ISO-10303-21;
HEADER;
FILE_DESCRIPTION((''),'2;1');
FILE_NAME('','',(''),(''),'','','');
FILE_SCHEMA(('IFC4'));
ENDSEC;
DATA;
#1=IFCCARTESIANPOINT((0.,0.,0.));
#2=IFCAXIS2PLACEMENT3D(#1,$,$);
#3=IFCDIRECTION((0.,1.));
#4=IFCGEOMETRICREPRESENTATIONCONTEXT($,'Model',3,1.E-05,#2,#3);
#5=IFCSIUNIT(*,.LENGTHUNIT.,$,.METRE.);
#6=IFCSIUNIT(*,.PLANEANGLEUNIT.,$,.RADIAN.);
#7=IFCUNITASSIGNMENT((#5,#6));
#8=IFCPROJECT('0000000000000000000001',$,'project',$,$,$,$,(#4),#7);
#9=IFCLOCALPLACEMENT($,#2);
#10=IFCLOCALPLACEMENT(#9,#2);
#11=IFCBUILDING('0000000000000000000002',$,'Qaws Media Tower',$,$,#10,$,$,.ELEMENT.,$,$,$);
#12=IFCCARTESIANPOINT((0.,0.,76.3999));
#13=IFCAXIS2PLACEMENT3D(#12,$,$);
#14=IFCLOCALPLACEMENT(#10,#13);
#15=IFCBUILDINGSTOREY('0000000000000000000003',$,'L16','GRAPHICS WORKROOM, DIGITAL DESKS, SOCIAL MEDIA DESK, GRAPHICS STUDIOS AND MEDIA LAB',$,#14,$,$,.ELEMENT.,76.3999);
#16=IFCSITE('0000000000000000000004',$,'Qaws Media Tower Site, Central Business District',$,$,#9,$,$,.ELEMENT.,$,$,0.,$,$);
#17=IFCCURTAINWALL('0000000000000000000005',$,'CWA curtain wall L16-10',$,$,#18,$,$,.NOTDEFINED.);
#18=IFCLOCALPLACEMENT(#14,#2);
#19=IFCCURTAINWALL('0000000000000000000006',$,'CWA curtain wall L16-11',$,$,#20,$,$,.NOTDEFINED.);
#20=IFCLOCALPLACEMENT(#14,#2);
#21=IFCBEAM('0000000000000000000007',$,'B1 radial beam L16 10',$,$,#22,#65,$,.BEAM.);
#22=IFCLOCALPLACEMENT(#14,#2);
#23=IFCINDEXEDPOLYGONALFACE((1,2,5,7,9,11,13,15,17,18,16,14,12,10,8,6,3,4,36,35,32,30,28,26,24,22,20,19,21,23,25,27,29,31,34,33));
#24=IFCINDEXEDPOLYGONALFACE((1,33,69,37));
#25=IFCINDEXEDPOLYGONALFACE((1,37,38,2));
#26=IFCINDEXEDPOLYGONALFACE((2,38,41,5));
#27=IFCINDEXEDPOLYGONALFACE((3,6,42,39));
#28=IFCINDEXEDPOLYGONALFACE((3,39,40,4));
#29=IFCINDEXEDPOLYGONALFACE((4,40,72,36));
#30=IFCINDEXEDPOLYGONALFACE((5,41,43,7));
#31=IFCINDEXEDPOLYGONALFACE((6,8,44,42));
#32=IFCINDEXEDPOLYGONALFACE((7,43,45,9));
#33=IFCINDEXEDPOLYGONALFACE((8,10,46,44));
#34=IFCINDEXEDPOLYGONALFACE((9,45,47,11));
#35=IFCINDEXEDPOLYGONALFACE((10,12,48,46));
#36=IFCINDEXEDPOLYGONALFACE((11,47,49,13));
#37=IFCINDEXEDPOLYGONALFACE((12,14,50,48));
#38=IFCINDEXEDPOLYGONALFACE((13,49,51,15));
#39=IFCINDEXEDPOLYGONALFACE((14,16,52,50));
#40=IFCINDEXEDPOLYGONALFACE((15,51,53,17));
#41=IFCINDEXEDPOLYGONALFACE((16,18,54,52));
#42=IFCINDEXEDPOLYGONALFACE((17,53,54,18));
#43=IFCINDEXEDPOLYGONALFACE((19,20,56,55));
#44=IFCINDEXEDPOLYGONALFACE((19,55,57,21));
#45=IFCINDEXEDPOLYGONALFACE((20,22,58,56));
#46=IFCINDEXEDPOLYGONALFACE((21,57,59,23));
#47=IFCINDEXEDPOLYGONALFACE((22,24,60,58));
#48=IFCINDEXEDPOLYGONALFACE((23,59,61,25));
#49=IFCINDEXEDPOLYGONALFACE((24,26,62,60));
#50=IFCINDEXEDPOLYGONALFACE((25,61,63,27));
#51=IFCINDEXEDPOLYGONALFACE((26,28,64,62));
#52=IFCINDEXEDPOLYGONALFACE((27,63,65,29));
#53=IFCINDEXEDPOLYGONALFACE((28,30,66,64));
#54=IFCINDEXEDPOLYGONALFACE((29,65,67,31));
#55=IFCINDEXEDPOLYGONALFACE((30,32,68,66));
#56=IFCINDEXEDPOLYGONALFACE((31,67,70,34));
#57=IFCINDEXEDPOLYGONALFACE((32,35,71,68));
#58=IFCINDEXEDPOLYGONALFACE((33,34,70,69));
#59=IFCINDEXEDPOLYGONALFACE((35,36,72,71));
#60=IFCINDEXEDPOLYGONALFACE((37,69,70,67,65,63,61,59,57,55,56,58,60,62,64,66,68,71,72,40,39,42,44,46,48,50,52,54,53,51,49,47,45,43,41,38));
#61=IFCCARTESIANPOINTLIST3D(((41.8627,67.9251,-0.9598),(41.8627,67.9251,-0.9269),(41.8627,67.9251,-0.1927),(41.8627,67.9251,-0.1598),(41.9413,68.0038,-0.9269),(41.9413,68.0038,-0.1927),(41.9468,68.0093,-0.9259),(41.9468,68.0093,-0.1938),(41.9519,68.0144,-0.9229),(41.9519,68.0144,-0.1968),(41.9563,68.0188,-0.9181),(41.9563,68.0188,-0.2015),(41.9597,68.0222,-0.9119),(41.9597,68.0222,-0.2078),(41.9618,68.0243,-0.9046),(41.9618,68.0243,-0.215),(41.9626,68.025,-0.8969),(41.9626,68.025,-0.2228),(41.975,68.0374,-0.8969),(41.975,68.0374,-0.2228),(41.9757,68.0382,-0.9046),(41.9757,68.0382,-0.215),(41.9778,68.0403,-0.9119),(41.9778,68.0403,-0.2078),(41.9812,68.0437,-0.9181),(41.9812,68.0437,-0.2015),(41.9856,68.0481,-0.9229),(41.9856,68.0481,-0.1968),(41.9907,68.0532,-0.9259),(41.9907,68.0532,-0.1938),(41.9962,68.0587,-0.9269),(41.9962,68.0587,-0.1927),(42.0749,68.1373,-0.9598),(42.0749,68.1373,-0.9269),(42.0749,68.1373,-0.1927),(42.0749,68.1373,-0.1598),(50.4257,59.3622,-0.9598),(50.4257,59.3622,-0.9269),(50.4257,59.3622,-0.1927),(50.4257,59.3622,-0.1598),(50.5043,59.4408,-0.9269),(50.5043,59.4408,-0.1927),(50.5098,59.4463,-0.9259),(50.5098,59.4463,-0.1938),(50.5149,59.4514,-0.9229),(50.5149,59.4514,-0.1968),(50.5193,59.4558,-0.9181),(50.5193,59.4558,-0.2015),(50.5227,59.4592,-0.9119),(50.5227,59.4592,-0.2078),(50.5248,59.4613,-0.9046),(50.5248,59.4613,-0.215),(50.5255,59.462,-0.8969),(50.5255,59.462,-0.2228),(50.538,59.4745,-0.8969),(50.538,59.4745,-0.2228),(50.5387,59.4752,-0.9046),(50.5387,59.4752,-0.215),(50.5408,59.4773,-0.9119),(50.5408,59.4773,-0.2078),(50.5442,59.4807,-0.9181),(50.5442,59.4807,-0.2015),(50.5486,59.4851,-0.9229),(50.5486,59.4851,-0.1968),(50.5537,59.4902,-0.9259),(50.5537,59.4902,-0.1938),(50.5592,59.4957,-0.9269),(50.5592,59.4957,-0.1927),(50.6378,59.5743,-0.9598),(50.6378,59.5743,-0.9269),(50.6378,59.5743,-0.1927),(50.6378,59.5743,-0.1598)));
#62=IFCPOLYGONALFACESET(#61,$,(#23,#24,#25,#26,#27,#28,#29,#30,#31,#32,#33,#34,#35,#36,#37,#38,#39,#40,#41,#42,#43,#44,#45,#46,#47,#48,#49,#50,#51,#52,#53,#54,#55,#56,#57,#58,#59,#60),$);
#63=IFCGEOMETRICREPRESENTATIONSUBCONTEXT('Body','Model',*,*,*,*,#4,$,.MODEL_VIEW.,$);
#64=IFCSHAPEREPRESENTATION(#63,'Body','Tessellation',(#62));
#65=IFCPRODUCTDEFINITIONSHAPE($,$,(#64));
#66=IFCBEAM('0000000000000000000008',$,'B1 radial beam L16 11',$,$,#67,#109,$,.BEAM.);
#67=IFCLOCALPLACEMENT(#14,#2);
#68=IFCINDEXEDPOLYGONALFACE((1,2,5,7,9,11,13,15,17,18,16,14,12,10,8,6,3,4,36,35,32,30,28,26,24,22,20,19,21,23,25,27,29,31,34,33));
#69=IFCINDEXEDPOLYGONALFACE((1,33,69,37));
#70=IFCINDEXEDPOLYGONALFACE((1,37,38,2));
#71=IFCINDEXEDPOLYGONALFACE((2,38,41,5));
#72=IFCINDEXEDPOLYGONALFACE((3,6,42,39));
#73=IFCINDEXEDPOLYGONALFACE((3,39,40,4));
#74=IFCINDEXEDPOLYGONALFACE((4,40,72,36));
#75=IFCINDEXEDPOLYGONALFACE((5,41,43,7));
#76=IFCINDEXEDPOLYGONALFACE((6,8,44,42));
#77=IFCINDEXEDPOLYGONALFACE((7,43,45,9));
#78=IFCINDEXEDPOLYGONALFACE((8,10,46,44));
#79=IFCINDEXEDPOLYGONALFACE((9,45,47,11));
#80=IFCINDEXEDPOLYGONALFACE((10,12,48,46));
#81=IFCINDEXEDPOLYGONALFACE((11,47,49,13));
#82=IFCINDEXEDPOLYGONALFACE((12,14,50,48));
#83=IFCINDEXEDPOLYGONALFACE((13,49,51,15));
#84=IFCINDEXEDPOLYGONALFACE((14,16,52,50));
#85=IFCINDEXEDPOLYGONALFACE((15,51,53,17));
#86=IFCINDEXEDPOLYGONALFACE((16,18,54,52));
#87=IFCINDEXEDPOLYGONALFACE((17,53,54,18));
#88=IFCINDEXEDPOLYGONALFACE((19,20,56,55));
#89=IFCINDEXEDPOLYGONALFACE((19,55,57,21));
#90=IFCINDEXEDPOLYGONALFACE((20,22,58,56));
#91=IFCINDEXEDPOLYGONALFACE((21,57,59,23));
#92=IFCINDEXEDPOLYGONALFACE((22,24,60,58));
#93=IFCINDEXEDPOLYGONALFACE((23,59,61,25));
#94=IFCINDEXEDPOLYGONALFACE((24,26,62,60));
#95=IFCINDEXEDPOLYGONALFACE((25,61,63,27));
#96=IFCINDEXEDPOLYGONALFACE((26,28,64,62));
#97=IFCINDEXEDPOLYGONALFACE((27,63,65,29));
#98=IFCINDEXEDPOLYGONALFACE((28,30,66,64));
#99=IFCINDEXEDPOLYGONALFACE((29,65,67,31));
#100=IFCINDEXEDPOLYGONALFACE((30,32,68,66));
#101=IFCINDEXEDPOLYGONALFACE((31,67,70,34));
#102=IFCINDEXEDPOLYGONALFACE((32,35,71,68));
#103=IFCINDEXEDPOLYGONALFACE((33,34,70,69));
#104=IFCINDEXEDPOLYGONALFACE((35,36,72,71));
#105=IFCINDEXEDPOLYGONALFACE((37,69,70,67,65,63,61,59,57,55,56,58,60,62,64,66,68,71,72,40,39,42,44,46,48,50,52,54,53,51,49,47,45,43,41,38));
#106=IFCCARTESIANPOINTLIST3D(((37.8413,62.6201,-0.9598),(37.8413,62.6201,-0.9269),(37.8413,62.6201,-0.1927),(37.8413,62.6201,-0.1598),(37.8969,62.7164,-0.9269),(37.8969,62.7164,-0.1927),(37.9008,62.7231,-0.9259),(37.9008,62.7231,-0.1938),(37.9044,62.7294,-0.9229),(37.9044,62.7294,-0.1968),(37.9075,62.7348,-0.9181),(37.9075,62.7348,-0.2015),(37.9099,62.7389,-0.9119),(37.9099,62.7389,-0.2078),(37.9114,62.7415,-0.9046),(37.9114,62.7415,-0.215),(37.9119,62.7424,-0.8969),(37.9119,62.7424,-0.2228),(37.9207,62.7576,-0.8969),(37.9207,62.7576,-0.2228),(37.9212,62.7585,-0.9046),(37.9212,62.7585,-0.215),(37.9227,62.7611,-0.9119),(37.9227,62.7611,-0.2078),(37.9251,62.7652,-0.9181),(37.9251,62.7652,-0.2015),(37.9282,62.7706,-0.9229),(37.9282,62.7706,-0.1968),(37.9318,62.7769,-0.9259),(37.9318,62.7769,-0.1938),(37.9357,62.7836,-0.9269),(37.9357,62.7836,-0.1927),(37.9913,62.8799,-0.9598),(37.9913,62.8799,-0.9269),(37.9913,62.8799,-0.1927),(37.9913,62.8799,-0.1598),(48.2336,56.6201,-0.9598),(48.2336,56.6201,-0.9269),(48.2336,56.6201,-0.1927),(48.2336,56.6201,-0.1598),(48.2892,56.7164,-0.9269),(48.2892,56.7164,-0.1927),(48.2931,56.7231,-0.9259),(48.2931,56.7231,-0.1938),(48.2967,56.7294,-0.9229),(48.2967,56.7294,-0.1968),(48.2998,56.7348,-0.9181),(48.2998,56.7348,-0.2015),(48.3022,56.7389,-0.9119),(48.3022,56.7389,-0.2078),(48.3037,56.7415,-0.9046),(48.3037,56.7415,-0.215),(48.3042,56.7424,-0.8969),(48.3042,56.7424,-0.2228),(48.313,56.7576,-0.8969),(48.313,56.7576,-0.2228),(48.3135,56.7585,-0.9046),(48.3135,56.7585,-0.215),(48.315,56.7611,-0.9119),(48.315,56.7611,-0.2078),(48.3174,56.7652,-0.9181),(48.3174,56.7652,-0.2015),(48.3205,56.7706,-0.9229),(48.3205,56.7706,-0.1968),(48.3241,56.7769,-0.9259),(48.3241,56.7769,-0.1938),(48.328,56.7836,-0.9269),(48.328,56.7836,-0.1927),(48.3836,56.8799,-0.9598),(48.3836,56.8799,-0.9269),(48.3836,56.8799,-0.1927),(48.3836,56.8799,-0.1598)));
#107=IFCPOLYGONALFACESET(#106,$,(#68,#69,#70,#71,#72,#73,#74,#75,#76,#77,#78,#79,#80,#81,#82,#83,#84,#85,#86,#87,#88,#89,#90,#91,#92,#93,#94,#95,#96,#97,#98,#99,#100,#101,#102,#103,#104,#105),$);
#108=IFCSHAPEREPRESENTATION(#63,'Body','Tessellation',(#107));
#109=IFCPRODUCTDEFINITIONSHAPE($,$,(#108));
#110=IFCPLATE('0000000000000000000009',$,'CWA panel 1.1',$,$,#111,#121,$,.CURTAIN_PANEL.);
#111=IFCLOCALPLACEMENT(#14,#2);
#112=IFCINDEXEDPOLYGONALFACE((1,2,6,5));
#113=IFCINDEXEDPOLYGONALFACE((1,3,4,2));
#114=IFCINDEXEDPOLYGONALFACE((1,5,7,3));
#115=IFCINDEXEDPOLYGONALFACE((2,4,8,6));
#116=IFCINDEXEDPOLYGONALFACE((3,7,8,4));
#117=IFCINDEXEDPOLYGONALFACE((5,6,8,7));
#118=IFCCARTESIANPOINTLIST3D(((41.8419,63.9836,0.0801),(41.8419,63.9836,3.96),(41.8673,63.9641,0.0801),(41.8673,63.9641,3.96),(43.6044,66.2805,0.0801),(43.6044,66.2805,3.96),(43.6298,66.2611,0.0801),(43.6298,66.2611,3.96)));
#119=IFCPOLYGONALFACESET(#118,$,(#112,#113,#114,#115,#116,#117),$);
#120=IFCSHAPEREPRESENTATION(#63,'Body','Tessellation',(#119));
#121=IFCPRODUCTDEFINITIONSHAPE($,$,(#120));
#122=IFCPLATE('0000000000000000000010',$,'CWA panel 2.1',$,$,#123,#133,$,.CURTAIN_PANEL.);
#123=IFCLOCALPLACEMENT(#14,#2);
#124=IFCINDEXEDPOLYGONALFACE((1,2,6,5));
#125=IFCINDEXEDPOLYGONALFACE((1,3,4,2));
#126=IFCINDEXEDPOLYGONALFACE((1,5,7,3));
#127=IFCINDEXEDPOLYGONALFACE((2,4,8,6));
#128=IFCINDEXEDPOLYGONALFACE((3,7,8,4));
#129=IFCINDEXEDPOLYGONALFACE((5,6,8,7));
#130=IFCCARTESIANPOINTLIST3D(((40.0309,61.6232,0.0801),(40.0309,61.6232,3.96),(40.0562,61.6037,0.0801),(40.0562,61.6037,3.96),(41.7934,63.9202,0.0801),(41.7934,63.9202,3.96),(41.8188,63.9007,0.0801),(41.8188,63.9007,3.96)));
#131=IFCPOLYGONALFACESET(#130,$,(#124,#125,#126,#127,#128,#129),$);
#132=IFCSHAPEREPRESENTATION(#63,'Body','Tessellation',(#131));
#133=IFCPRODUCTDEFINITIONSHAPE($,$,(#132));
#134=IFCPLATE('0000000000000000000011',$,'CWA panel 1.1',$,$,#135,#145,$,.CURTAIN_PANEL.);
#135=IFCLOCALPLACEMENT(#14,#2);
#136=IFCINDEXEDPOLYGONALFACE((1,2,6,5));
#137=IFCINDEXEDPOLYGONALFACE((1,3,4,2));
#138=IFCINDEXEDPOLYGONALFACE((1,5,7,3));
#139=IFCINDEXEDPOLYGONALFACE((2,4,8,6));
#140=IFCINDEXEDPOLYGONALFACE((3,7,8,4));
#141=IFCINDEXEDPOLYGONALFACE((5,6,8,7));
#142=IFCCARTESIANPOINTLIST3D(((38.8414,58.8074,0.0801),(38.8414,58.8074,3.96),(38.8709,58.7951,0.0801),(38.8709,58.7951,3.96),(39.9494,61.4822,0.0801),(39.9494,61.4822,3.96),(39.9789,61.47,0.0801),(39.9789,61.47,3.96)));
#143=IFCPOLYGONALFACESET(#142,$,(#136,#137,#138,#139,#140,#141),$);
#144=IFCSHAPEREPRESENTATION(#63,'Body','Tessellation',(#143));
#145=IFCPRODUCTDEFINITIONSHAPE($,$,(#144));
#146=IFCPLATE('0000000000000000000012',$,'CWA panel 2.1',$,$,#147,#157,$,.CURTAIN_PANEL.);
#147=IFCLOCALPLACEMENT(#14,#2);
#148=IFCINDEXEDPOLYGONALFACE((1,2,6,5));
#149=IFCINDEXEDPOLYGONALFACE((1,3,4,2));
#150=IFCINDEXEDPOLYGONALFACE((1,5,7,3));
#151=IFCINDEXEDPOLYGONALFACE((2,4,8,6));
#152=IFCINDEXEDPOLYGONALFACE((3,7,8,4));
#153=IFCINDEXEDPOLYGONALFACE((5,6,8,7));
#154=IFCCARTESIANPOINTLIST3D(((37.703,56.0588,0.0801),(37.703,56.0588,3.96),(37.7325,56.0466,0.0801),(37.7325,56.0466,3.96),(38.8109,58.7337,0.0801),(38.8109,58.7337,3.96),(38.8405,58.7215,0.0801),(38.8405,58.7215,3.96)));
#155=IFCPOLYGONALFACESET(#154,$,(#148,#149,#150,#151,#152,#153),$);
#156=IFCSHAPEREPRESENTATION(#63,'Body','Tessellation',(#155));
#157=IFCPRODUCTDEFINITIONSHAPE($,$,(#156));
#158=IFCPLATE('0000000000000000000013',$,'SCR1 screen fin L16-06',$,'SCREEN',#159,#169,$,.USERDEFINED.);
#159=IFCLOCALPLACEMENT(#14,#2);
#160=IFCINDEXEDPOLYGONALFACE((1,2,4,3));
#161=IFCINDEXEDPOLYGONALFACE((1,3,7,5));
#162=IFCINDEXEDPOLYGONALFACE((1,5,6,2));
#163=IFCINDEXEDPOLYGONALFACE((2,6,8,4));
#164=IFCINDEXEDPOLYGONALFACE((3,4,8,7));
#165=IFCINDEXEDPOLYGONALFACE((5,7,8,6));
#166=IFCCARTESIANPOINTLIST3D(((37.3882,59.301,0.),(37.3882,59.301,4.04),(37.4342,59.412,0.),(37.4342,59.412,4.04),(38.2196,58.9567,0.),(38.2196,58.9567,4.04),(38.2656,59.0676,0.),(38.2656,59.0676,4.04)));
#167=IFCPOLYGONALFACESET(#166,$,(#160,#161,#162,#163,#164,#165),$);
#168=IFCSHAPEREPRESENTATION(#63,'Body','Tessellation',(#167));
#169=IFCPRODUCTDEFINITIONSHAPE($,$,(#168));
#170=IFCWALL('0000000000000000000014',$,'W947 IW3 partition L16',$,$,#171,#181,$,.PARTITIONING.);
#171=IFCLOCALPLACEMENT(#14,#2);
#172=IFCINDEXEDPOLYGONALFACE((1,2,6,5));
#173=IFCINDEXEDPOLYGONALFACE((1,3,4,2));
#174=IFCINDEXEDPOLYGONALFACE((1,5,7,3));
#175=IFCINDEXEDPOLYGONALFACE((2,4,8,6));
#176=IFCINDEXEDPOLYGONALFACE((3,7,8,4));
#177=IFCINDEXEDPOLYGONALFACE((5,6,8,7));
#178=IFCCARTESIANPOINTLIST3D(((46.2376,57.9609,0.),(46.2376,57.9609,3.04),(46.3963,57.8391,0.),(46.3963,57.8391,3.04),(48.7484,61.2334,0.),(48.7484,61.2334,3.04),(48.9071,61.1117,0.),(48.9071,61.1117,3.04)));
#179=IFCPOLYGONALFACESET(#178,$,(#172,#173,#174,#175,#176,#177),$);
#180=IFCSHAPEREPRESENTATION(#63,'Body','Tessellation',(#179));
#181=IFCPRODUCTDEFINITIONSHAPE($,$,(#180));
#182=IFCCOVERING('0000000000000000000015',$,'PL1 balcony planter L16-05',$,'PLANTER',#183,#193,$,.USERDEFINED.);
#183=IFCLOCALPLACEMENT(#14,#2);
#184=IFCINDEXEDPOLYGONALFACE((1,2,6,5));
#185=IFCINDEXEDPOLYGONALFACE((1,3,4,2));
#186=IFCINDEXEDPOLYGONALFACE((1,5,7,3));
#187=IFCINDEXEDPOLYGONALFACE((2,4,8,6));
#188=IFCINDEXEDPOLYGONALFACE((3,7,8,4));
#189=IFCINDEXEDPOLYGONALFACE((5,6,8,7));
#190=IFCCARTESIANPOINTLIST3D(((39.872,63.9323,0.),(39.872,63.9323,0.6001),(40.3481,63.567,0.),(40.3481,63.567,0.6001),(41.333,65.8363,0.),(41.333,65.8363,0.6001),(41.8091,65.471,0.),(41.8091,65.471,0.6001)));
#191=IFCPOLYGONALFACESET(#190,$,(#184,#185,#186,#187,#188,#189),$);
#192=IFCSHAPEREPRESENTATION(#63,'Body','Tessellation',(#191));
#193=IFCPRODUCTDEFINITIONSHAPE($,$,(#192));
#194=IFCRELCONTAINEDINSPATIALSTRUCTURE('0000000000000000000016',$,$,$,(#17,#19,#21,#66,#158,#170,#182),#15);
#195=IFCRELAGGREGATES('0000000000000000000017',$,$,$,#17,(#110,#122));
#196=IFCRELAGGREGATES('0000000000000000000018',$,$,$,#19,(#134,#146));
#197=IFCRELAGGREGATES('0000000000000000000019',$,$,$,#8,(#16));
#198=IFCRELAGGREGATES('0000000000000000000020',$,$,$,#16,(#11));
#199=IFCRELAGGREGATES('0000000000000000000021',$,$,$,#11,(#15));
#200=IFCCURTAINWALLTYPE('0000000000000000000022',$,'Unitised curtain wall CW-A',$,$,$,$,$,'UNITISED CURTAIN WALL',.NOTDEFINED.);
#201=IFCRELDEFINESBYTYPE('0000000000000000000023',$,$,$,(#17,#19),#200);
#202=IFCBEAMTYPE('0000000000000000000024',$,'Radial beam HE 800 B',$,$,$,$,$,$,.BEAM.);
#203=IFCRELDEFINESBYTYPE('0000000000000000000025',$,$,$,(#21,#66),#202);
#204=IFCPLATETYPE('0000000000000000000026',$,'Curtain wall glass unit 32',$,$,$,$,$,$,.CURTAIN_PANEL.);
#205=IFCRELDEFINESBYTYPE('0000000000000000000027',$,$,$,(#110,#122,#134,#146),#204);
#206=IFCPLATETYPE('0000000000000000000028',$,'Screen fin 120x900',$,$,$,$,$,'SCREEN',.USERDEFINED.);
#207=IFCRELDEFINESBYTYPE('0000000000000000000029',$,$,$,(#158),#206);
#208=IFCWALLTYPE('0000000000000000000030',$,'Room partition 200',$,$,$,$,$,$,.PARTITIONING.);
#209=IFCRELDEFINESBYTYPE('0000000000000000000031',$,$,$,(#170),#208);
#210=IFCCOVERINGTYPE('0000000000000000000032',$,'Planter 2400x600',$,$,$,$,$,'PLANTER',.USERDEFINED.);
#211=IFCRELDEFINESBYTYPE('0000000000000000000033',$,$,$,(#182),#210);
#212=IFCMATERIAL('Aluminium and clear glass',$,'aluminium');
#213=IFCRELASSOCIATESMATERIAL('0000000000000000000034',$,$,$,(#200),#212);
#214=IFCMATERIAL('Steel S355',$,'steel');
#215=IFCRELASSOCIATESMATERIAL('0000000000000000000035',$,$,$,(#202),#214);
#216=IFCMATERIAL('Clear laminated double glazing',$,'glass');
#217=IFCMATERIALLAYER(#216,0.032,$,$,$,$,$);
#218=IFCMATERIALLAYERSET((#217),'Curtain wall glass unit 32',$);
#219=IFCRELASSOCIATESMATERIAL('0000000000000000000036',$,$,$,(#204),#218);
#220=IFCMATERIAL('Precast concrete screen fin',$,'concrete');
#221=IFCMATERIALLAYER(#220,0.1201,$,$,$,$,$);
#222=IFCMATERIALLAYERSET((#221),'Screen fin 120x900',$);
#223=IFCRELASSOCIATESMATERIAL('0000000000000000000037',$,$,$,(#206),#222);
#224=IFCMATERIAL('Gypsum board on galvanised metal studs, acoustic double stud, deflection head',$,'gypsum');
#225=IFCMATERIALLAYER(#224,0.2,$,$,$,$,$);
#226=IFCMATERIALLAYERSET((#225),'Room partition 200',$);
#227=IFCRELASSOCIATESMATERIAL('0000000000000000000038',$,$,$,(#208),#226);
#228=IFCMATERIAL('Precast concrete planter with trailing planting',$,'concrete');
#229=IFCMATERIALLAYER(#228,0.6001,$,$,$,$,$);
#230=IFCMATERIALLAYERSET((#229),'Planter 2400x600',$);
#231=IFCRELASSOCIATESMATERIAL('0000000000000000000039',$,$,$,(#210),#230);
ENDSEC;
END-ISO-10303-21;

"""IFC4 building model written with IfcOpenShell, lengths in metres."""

from ifc_helpers import new_model, si_unit, direction, frame, frame_2d, origin, origin_2d, place, context, subcontext, project, spatial, rectangle, i_section, extrude, material, layer, layer_set, material_profile, profile_set, type_object, element, aggregate, save


model = new_model("IFC4")

# Units and contexts
model_context = context("Model", 3, precision=1e-05, world=origin(), true_north=direction((0.0, 1.0)))
body_context = subcontext(model_context, "Body", "Model", "MODEL_VIEW")
ifc_project = project(units=[si_unit("LENGTHUNIT", "METRE"), si_unit("PLANEANGLEUNIT", "RADIAN")], contexts=[model_context])

# Site, building, storey
site_placement = place(None, origin())
site = spatial("IfcSite", under=ifc_project, at=site_placement, Name="Qaws Media Tower Site, Central Business District", CompositionType="ELEMENT", RefElevation=0.0)
building_placement = place(site_placement, origin())
building = spatial("IfcBuilding", under=site, at=building_placement, Name="Qaws Media Tower", CompositionType="ELEMENT")
storey_placement = place(building_placement, frame((0.0, 0.0, 76.3999)))
storey = spatial("IfcBuildingStorey", under=building, at=storey_placement, Name="L16", Description="GRAPHICS WORKROOM, DIGITAL DESKS, SOCIAL MEDIA DESK, GRAPHICS STUDIOS AND MEDIA LAB", CompositionType="ELEMENT", Elevation=76.3999)

# Shared definitions
ifc_material_1 = material(Name="Aluminium and clear glass", Category="aluminium")
curtain_wall_type = type_object("IfcCurtainWallType", Name="Unitised curtain wall CW-A", ElementType="UNITISED CURTAIN WALL", PredefinedType="NOTDEFINED", material=ifc_material_1)

# Curtain walls
curtain_wall_1_placement = place(storey_placement, origin())
curtain_wall_1 = element("IfcCurtainWall", 1, at=curtain_wall_1_placement, inside=storey, type_object=curtain_wall_type, Name="CWA curtain wall L16-10", PredefinedType="NOTDEFINED")
curtain_wall_2_placement = place(storey_placement, origin())
curtain_wall_2 = element("IfcCurtainWall", 2, at=curtain_wall_2_placement, inside=storey, type_object=curtain_wall_type, Name="CWA curtain wall L16-11", PredefinedType="NOTDEFINED")

# Beams
ifc_material_2 = material(Name="Steel S355", Category="steel")
ifc_material_profile_1 = material_profile(ifc_material_2, i_section(OverallWidth=0.3, OverallDepth=0.8, WebThickness=0.0176, FlangeThickness=0.033, FilletRadius=0.03, at=origin_2d()), Name="HE 800 B")
ifc_profile_set_1 = profile_set([ifc_material_profile_1], Name="Steel S355")
beam_type_1 = type_object("IfcBeamType", Name="Radial beam HE 800 B", PredefinedType="BEAM", material=ifc_profile_set_1)
beam_1_placement = place(storey_placement, frame((50.5317, 59.4683, -0.5598), z_axis=(-0.707107, 0.707107, 0.0), x_axis=(-0.707107, -0.707107, 0.0)))
element("IfcBeam", 3, at=beam_1_placement, inside=storey, type_object=beam_type_1, Name="B1 radial beam L16 10", PredefinedType="BEAM", context=body_context, shape_type="SweptSolid", body=[
    extrude(i_section(OverallWidth=0.3, OverallDepth=0.8, WebThickness=0.0176, FlangeThickness=0.033, FilletRadius=0.03, at=origin_2d()), origin(), (0.0, 0.0, 1.0), 12.1099),
])
beam_2_placement = place(storey_placement, frame((48.3086, 56.75, -0.5598), z_axis=(-0.866026, 0.499999, 0.0), x_axis=(-0.499999, -0.866026, 0.0)))
element("IfcBeam", 4, at=beam_2_placement, inside=storey, type_object=beam_type_1, Name="B1 radial beam L16 11", PredefinedType="BEAM", context=body_context, shape_type="SweptSolid", body=[
    extrude(i_section(OverallWidth=0.3, OverallDepth=0.8, WebThickness=0.0176, FlangeThickness=0.033, FilletRadius=0.03, at=origin_2d()), origin(), (0.0, 0.0, 1.0), 12.0),
])

# Plates
ifc_material_3 = material(Name="Clear laminated double glazing", Category="glass")
ifc_layer_1 = layer(ifc_material_3, 0.032)
ifc_layer_set_1 = layer_set([ifc_layer_1], Name="Curtain wall glass unit 32")
plate_type_1 = type_object("IfcPlateType", Name="Curtain wall glass unit 32", PredefinedType="CURTAIN_PANEL", material=ifc_layer_set_1)
plate_1_placement = place(storey_placement, frame((42.7358, 65.1223, 0.0801), z_axis=(0.0, 0.0, 1.0), x_axis=(-0.608761, -0.793353, 0.0)))
plate_1 = element("IfcPlate", 5, at=plate_1_placement, type_object=plate_type_1, Name="CWA panel 1.1", PredefinedType="CURTAIN_PANEL", context=body_context, shape_type="SweptSolid", body=[
    extrude(rectangle(XDim=2.8953, YDim=0.032, at=origin_2d()), origin(), (0.0, 0.0, 1.0), 3.8799),
])
plate_2_placement = place(storey_placement, frame((40.9248, 62.762, 0.0801), z_axis=(0.0, 0.0, 1.0), x_axis=(-0.608761, -0.793353, 0.0)))
plate_2 = element("IfcPlate", 6, at=plate_2_placement, type_object=plate_type_1, Name="CWA panel 2.1", PredefinedType="CURTAIN_PANEL", context=body_context, shape_type="SweptSolid", body=[
    extrude(rectangle(XDim=2.8953, YDim=0.032, at=origin_2d()), origin(), (0.0, 0.0, 1.0), 3.8799),
])
aggregate(curtain_wall_1, [plate_1, plate_2])
plate_3_placement = place(storey_placement, frame((39.4102, 60.1387, 0.0801), z_axis=(0.0, 0.0, 1.0), x_axis=(-0.382683, -0.92388, 0.0)))
plate_3 = element("IfcPlate", 7, at=plate_3_placement, type_object=plate_type_1, Name="CWA panel 1.1", PredefinedType="CURTAIN_PANEL", context=body_context, shape_type="SweptSolid", body=[
    extrude(rectangle(XDim=2.8953, YDim=0.032, at=origin_2d()), origin(), (0.0, 0.0, 1.0), 3.8799),
])
plate_4_placement = place(storey_placement, frame((38.2717, 57.3901, 0.0801), z_axis=(0.0, 0.0, 1.0), x_axis=(-0.382683, -0.92388, 0.0)))
plate_4 = element("IfcPlate", 8, at=plate_4_placement, type_object=plate_type_1, Name="CWA panel 2.1", PredefinedType="CURTAIN_PANEL", context=body_context, shape_type="SweptSolid", body=[
    extrude(rectangle(XDim=2.8953, YDim=0.032, at=origin_2d()), origin(), (0.0, 0.0, 1.0), 3.8799),
])
aggregate(curtain_wall_2, [plate_3, plate_4])
ifc_material_4 = material(Name="Precast concrete screen fin", Category="concrete")
ifc_layer_2 = layer(ifc_material_4, 0.1201)
ifc_layer_set_2 = layer_set([ifc_layer_2], Name="Screen fin 120x900")
plate_type_2 = type_object("IfcPlateType", Name="Screen fin 120x900", ElementType="SCREEN", PredefinedType="USERDEFINED", material=ifc_layer_set_2)
plate_5_placement = place(storey_placement, frame((37.8269, 59.1843, 0.0), z_axis=(0.0, 0.0, 1.0), x_axis=(-0.92388, 0.382683, 0.0)))
element("IfcPlate", 9, at=plate_5_placement, inside=storey, type_object=plate_type_2, Name="SCR1 screen fin L16-06", ObjectType="SCREEN", PredefinedType="USERDEFINED", context=body_context, shape_type="SweptSolid", body=[
    extrude(rectangle(XDim=0.8999, YDim=0.1201, at=origin_2d()), origin(), (0.0, 0.0, 1.0), 4.04),
])

# Wall
ifc_material_5 = material(Name="Gypsum board on galvanised metal studs, acoustic double stud, deflection head", Category="gypsum")
ifc_layer_3 = layer(ifc_material_5, 0.2)
ifc_layer_set_3 = layer_set([ifc_layer_3], Name="Room partition 200")
wall_type = type_object("IfcWallType", Name="Room partition 200", PredefinedType="PARTITIONING", material=ifc_layer_set_3)
wall_placement = place(storey_placement, frame((46.3169, 57.8999, 0.0), z_axis=(0.0, 0.0, 1.0), x_axis=(0.608715, 0.793389, 0.0)))
element("IfcWall", 10, at=wall_placement, inside=storey, type_object=wall_type, Name="W947 IW3 partition L16", PredefinedType="PARTITIONING", context=body_context, shape_type="SweptSolid", body=[
    extrude(rectangle(XDim=4.1248, YDim=0.2, at=frame_2d((2.0625, 0.0))), origin(), (0.0, 0.0, 1.0), 3.04),
])

# Covering
ifc_material_6 = material(Name="Precast concrete planter with trailing planting", Category="concrete")
ifc_layer_4 = layer(ifc_material_6, 0.6001)
ifc_layer_set_4 = layer_set([ifc_layer_4], Name="Planter 2400x600")
covering_type = type_object("IfcCoveringType", Name="Planter 2400x600", ElementType="PLANTER", PredefinedType="USERDEFINED", material=ifc_layer_set_4)
covering_placement = place(storey_placement, frame((40.8406, 64.7017, 0.0), z_axis=(0.0, 0.0, 1.0), x_axis=(-0.608761, -0.793353, 0.0)))
element("IfcCovering", 11, at=covering_placement, inside=storey, type_object=covering_type, Name="PL1 balcony planter L16-05", ObjectType="PLANTER", PredefinedType="USERDEFINED", context=body_context, shape_type="SweptSolid", body=[
    extrude(rectangle(XDim=2.3999, YDim=0.6001, at=origin_2d()), origin(), (0.0, 0.0, 1.0), 0.6001),
])

save(model, "model.ifc")
